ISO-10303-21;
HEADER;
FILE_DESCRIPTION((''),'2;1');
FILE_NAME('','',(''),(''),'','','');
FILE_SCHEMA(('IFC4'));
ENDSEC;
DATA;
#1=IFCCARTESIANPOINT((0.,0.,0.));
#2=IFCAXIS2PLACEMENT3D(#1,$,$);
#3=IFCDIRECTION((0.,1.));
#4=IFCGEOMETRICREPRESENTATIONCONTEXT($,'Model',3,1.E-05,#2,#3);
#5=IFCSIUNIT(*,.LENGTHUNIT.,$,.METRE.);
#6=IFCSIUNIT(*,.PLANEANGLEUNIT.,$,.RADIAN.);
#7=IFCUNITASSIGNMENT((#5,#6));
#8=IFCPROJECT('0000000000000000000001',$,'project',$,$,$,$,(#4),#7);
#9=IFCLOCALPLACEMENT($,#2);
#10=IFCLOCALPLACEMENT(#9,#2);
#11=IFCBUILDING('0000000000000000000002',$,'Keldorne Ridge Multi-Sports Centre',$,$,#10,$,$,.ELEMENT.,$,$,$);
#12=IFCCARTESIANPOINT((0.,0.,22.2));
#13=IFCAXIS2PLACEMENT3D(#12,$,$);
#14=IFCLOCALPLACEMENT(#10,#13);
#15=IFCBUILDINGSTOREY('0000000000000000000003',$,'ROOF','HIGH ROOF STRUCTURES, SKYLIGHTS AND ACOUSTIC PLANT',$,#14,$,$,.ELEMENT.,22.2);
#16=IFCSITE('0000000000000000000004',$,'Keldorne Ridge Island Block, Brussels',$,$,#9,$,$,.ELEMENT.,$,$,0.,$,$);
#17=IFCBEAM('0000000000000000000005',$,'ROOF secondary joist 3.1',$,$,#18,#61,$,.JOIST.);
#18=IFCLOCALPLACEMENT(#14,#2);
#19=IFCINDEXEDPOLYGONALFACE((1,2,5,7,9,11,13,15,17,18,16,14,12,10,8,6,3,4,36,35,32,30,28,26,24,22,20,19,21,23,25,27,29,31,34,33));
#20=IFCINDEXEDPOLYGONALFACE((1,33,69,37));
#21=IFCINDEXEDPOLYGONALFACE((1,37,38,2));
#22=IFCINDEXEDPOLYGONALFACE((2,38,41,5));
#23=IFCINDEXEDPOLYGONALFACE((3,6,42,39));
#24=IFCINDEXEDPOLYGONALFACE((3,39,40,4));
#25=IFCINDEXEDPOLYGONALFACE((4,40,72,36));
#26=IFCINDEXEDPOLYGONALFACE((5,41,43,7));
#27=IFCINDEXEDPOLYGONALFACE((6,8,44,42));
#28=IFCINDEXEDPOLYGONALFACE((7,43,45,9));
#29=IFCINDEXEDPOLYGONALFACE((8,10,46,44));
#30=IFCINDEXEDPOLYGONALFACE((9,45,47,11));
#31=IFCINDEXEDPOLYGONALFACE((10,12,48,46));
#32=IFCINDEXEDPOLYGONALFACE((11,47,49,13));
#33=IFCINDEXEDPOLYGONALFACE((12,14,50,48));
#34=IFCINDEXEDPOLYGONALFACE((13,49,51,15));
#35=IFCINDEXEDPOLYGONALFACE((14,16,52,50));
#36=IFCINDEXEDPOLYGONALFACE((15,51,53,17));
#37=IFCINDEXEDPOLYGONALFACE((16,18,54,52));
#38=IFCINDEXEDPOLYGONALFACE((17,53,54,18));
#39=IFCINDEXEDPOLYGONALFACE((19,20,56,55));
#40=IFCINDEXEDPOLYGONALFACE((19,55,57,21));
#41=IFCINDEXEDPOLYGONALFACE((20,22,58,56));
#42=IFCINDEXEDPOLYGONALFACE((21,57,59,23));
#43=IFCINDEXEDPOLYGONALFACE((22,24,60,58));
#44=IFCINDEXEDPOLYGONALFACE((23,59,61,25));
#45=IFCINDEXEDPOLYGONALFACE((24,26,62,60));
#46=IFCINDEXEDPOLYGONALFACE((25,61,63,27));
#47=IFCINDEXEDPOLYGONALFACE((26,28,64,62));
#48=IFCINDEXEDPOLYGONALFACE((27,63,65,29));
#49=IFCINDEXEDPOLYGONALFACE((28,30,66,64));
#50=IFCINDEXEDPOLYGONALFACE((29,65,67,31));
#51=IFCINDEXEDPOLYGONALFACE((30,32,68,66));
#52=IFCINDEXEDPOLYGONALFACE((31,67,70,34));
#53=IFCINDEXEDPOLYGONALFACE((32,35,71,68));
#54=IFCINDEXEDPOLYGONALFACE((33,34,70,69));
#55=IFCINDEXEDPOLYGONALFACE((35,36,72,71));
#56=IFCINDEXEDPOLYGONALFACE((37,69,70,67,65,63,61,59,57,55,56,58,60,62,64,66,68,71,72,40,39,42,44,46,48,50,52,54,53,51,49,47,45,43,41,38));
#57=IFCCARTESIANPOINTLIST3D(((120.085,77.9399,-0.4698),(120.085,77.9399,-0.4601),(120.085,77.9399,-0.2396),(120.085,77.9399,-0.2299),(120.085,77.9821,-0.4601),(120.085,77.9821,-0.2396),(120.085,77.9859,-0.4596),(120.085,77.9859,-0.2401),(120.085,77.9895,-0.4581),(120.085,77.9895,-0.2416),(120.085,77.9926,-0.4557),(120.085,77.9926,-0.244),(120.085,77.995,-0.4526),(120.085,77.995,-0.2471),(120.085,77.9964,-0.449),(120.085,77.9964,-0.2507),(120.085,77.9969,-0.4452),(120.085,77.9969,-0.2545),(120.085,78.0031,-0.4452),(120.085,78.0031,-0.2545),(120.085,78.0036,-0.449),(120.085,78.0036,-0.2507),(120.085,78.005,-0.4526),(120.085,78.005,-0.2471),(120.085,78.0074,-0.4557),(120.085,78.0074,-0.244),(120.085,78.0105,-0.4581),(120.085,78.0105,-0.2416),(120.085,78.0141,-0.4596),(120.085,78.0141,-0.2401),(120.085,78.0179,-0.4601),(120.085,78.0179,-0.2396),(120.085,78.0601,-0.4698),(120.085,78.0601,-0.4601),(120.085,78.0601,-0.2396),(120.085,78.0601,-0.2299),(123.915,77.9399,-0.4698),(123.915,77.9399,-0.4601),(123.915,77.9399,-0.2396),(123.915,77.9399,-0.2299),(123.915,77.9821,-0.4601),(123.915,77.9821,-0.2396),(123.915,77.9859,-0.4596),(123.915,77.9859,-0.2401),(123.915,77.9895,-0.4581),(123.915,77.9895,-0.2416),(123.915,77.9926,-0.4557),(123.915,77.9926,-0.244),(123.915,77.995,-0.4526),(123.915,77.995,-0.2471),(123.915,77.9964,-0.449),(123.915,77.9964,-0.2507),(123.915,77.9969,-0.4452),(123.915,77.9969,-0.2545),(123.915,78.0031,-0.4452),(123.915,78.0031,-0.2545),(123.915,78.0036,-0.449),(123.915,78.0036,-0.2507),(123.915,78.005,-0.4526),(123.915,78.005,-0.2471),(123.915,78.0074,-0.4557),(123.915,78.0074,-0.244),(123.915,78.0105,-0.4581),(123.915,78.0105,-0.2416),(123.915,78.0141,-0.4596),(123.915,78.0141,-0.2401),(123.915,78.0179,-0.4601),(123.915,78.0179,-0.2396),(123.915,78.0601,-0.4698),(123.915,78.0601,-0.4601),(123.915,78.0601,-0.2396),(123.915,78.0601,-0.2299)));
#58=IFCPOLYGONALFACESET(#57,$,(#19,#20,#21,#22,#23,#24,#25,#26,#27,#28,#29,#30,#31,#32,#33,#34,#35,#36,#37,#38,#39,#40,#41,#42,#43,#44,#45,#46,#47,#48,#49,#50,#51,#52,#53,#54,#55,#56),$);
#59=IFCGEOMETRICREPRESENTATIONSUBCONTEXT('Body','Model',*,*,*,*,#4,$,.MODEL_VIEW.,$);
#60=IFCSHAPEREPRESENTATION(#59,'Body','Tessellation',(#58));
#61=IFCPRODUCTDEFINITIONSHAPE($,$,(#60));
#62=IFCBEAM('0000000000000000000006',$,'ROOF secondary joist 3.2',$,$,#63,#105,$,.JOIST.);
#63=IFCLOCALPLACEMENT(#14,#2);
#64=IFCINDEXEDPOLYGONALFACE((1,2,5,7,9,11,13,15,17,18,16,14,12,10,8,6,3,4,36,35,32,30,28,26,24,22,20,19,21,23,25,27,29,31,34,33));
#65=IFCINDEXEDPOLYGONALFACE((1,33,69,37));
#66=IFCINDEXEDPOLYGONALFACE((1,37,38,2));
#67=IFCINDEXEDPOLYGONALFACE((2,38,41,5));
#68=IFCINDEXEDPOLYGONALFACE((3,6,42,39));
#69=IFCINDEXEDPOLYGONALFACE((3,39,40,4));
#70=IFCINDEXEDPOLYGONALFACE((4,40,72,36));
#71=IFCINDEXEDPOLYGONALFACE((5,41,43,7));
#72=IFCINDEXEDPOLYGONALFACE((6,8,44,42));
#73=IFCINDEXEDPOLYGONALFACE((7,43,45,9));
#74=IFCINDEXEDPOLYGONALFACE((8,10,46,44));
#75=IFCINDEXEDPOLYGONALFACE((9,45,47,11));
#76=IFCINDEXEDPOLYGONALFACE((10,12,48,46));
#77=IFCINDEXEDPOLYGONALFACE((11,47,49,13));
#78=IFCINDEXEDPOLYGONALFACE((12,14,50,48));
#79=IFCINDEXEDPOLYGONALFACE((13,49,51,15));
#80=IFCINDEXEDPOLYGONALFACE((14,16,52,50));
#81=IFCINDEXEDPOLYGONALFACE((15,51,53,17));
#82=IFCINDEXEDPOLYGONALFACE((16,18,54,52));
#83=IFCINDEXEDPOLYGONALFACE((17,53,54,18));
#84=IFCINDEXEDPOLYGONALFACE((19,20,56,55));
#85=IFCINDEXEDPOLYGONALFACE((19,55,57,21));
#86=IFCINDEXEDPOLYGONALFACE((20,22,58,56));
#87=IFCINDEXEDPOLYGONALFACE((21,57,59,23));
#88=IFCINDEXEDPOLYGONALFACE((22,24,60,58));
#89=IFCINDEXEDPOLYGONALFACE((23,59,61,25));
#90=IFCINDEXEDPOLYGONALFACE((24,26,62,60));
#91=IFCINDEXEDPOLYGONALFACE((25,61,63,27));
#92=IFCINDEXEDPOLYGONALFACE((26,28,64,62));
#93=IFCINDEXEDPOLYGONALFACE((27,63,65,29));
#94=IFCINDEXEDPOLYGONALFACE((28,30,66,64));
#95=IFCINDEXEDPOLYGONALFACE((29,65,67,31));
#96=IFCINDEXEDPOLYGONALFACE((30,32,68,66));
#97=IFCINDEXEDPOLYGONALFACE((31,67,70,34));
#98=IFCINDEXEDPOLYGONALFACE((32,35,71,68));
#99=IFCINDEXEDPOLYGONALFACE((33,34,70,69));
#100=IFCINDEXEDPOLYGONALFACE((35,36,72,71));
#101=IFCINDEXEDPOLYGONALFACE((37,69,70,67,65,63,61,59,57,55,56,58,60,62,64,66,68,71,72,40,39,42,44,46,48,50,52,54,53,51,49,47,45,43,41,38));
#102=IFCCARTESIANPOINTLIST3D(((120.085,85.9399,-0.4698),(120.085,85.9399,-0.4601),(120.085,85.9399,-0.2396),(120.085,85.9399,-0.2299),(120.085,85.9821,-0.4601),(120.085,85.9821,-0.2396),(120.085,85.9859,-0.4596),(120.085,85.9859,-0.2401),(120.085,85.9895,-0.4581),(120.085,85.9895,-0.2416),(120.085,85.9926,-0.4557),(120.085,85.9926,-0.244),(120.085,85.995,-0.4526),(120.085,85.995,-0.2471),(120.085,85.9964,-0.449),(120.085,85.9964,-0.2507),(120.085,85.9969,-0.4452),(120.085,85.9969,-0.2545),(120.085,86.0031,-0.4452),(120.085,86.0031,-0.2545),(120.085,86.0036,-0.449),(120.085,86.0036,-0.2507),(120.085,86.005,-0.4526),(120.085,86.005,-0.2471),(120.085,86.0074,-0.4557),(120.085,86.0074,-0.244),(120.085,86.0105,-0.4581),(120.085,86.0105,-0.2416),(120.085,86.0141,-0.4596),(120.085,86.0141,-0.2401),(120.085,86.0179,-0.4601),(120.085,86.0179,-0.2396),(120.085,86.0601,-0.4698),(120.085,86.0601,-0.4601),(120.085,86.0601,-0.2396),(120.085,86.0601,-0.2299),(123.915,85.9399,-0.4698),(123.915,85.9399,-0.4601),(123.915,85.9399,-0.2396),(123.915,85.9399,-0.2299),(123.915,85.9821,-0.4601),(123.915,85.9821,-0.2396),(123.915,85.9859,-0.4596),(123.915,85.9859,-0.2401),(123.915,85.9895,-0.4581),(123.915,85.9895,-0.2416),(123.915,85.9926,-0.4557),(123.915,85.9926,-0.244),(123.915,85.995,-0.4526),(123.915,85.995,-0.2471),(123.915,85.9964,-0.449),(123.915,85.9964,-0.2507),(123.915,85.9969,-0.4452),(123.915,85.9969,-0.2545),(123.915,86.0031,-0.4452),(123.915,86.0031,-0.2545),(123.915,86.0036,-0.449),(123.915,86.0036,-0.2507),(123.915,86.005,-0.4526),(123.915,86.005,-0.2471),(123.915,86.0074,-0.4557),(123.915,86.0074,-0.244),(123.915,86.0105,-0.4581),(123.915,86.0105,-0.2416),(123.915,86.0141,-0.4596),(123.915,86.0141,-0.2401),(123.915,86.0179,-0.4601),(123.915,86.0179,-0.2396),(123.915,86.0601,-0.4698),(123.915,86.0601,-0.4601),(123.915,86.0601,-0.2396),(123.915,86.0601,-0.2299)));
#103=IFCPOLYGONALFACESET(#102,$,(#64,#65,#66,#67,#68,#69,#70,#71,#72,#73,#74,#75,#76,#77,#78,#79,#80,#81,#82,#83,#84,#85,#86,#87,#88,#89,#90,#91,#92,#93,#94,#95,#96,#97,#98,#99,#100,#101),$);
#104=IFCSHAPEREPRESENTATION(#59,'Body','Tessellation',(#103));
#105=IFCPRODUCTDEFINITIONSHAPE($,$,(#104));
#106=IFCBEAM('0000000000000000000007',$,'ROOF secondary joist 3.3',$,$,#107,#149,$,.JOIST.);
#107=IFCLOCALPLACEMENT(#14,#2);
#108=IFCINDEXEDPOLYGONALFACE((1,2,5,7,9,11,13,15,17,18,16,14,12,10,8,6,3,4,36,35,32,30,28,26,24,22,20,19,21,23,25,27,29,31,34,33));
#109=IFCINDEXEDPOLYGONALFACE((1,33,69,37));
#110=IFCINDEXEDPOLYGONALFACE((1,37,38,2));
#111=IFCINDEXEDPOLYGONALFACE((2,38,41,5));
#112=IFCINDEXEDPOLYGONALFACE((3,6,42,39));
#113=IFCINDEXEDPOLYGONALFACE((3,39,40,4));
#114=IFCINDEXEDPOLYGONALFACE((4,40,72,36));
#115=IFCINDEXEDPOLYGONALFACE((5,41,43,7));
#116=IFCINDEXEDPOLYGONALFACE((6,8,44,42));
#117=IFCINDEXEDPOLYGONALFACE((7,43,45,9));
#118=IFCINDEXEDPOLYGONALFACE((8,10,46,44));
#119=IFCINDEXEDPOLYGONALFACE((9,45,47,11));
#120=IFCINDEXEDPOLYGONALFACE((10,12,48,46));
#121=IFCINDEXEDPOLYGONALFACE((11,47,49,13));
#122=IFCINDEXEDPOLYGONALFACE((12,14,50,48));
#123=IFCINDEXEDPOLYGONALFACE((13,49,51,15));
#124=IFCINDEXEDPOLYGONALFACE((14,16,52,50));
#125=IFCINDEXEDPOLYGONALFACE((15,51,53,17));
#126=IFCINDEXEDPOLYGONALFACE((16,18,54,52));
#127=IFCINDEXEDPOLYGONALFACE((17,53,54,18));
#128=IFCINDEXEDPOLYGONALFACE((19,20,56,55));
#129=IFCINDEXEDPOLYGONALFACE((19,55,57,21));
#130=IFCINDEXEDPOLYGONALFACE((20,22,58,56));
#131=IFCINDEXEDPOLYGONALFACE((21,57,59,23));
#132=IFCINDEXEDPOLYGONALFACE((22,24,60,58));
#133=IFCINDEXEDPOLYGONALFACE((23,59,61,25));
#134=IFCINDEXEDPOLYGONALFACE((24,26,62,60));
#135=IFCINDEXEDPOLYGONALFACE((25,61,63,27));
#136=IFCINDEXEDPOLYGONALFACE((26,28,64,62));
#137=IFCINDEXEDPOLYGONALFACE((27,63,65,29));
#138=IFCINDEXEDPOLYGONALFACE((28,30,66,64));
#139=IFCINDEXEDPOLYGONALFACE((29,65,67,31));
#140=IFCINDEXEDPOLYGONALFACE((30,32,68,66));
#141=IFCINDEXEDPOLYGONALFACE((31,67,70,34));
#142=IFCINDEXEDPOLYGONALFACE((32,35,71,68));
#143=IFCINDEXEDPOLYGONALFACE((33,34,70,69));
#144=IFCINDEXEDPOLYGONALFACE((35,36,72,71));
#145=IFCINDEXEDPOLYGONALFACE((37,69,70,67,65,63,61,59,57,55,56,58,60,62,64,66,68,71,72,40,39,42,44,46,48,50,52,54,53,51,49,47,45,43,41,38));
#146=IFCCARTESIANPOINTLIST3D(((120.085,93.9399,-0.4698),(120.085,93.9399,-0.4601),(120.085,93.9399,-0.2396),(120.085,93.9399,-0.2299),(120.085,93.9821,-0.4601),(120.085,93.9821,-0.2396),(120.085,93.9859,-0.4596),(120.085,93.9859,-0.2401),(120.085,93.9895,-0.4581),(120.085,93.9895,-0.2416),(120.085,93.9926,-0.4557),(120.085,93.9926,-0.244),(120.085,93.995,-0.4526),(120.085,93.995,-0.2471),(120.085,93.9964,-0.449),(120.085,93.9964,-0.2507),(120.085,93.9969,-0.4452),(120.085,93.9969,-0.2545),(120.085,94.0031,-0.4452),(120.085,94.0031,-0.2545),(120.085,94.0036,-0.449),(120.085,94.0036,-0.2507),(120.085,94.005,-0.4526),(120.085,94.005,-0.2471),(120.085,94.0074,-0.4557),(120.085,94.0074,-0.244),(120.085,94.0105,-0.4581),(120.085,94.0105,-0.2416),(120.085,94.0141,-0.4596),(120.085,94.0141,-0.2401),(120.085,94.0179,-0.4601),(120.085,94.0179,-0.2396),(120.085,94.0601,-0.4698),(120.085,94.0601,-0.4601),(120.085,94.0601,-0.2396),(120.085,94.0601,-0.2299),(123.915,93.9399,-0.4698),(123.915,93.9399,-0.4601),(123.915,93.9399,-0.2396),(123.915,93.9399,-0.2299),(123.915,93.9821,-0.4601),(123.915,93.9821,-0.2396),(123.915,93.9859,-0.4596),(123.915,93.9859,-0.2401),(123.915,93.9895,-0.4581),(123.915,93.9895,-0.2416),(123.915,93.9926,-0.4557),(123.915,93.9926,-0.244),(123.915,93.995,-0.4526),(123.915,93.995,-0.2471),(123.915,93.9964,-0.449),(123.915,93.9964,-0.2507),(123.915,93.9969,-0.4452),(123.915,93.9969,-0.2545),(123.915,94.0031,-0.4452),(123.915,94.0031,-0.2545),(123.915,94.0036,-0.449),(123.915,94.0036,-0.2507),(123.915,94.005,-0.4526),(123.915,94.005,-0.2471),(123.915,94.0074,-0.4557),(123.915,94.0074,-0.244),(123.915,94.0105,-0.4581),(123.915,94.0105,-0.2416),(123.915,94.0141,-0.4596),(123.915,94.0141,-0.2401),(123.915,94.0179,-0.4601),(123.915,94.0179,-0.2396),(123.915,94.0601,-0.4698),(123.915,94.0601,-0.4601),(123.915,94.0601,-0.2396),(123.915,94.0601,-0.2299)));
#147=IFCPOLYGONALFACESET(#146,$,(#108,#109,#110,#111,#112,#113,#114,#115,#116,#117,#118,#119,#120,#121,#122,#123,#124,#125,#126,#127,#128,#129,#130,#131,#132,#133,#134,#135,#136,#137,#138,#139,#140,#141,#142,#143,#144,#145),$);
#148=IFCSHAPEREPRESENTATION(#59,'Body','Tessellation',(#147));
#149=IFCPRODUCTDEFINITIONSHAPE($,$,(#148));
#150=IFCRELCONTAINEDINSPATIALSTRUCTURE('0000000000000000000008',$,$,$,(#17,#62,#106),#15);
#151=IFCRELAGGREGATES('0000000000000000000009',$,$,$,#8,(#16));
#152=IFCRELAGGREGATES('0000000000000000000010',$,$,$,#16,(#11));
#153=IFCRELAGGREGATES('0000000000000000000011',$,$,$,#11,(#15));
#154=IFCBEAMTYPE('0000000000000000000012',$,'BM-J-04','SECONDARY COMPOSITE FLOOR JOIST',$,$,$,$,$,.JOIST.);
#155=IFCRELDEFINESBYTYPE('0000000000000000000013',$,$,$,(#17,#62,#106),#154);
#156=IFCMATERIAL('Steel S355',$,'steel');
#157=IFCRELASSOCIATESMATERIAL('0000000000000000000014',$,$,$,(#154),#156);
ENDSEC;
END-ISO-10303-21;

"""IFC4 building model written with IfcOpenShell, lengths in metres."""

from ifc_helpers import new_model, si_unit, direction, frame, origin, origin_2d, place, context, subcontext, project, spatial, i_section, extrude, material, material_profile, profile_set, type_object, element, save


model = new_model("IFC4")

# Units and contexts
model_context = context("Model", 3, precision=1e-05, world=origin(), true_north=direction((0.0, 1.0)))
body_context = subcontext(model_context, "Body", "Model", "MODEL_VIEW")
ifc_project = project(units=[si_unit("LENGTHUNIT", "METRE"), si_unit("PLANEANGLEUNIT", "RADIAN")], contexts=[model_context])

# Site, building, storey
site_placement = place(None, origin())
site = spatial("IfcSite", under=ifc_project, at=site_placement, Name="Keldorne Ridge Island Block, Brussels", CompositionType="ELEMENT", RefElevation=0.0)
building_placement = place(site_placement, origin())
building = spatial("IfcBuilding", under=site, at=building_placement, Name="Keldorne Ridge Multi-Sports Centre", CompositionType="ELEMENT")
storey_placement = place(building_placement, frame((0.0, 0.0, 22.2)))
storey = spatial("IfcBuildingStorey", under=building, at=storey_placement, Name="ROOF", Description="HIGH ROOF STRUCTURES, SKYLIGHTS AND ACOUSTIC PLANT", CompositionType="ELEMENT", Elevation=22.2)

# Beams
ifc_material_1 = material(Name="Steel S355", Category="steel")
ifc_material_profile_1 = material_profile(ifc_material_1, i_section(OverallWidth=0.1201, OverallDepth=0.24, WebThickness=0.0061, FlangeThickness=0.0098, FilletRadius=0.0149, at=origin_2d()), Name="IPE 240")
ifc_profile_set_1 = profile_set([ifc_material_profile_1], Name="Steel S355")
beam_type_1 = type_object("IfcBeamType", Name="BM-J-04", Description="SECONDARY COMPOSITE FLOOR JOIST", PredefinedType="JOIST", material=ifc_profile_set_1)
for number, where, z_axis, x_axis, name in (
    (1, (120.085, 78.0, -0.3499), (1.0, 0.0, 0.0), (0.0, 1.0, 0.0), "ROOF secondary joist 3.1"),
    (2, (120.085, 86.0, -0.3499), (1.0, 0.0, 0.0), (0.0, 1.0, 0.0), "ROOF secondary joist 3.2"),
    (3, (120.085, 94.0, -0.3499), (1.0, 0.0, 0.0), (0.0, 1.0, 0.0), "ROOF secondary joist 3.3"),
):
    element("IfcBeam", number, at=place(storey_placement, frame(where, z_axis=z_axis, x_axis=x_axis)), inside=storey, type_object=beam_type_1, Name=name, PredefinedType="JOIST", context=body_context, shape_type="SweptSolid", body=[
        extrude(i_section(OverallWidth=0.1201, OverallDepth=0.24, WebThickness=0.0061, FlangeThickness=0.0098, FilletRadius=0.0149, at=origin_2d()), origin(), (0.0, 0.0, 1.0), 3.8301),
    ])

save(model, "model.ifc")
